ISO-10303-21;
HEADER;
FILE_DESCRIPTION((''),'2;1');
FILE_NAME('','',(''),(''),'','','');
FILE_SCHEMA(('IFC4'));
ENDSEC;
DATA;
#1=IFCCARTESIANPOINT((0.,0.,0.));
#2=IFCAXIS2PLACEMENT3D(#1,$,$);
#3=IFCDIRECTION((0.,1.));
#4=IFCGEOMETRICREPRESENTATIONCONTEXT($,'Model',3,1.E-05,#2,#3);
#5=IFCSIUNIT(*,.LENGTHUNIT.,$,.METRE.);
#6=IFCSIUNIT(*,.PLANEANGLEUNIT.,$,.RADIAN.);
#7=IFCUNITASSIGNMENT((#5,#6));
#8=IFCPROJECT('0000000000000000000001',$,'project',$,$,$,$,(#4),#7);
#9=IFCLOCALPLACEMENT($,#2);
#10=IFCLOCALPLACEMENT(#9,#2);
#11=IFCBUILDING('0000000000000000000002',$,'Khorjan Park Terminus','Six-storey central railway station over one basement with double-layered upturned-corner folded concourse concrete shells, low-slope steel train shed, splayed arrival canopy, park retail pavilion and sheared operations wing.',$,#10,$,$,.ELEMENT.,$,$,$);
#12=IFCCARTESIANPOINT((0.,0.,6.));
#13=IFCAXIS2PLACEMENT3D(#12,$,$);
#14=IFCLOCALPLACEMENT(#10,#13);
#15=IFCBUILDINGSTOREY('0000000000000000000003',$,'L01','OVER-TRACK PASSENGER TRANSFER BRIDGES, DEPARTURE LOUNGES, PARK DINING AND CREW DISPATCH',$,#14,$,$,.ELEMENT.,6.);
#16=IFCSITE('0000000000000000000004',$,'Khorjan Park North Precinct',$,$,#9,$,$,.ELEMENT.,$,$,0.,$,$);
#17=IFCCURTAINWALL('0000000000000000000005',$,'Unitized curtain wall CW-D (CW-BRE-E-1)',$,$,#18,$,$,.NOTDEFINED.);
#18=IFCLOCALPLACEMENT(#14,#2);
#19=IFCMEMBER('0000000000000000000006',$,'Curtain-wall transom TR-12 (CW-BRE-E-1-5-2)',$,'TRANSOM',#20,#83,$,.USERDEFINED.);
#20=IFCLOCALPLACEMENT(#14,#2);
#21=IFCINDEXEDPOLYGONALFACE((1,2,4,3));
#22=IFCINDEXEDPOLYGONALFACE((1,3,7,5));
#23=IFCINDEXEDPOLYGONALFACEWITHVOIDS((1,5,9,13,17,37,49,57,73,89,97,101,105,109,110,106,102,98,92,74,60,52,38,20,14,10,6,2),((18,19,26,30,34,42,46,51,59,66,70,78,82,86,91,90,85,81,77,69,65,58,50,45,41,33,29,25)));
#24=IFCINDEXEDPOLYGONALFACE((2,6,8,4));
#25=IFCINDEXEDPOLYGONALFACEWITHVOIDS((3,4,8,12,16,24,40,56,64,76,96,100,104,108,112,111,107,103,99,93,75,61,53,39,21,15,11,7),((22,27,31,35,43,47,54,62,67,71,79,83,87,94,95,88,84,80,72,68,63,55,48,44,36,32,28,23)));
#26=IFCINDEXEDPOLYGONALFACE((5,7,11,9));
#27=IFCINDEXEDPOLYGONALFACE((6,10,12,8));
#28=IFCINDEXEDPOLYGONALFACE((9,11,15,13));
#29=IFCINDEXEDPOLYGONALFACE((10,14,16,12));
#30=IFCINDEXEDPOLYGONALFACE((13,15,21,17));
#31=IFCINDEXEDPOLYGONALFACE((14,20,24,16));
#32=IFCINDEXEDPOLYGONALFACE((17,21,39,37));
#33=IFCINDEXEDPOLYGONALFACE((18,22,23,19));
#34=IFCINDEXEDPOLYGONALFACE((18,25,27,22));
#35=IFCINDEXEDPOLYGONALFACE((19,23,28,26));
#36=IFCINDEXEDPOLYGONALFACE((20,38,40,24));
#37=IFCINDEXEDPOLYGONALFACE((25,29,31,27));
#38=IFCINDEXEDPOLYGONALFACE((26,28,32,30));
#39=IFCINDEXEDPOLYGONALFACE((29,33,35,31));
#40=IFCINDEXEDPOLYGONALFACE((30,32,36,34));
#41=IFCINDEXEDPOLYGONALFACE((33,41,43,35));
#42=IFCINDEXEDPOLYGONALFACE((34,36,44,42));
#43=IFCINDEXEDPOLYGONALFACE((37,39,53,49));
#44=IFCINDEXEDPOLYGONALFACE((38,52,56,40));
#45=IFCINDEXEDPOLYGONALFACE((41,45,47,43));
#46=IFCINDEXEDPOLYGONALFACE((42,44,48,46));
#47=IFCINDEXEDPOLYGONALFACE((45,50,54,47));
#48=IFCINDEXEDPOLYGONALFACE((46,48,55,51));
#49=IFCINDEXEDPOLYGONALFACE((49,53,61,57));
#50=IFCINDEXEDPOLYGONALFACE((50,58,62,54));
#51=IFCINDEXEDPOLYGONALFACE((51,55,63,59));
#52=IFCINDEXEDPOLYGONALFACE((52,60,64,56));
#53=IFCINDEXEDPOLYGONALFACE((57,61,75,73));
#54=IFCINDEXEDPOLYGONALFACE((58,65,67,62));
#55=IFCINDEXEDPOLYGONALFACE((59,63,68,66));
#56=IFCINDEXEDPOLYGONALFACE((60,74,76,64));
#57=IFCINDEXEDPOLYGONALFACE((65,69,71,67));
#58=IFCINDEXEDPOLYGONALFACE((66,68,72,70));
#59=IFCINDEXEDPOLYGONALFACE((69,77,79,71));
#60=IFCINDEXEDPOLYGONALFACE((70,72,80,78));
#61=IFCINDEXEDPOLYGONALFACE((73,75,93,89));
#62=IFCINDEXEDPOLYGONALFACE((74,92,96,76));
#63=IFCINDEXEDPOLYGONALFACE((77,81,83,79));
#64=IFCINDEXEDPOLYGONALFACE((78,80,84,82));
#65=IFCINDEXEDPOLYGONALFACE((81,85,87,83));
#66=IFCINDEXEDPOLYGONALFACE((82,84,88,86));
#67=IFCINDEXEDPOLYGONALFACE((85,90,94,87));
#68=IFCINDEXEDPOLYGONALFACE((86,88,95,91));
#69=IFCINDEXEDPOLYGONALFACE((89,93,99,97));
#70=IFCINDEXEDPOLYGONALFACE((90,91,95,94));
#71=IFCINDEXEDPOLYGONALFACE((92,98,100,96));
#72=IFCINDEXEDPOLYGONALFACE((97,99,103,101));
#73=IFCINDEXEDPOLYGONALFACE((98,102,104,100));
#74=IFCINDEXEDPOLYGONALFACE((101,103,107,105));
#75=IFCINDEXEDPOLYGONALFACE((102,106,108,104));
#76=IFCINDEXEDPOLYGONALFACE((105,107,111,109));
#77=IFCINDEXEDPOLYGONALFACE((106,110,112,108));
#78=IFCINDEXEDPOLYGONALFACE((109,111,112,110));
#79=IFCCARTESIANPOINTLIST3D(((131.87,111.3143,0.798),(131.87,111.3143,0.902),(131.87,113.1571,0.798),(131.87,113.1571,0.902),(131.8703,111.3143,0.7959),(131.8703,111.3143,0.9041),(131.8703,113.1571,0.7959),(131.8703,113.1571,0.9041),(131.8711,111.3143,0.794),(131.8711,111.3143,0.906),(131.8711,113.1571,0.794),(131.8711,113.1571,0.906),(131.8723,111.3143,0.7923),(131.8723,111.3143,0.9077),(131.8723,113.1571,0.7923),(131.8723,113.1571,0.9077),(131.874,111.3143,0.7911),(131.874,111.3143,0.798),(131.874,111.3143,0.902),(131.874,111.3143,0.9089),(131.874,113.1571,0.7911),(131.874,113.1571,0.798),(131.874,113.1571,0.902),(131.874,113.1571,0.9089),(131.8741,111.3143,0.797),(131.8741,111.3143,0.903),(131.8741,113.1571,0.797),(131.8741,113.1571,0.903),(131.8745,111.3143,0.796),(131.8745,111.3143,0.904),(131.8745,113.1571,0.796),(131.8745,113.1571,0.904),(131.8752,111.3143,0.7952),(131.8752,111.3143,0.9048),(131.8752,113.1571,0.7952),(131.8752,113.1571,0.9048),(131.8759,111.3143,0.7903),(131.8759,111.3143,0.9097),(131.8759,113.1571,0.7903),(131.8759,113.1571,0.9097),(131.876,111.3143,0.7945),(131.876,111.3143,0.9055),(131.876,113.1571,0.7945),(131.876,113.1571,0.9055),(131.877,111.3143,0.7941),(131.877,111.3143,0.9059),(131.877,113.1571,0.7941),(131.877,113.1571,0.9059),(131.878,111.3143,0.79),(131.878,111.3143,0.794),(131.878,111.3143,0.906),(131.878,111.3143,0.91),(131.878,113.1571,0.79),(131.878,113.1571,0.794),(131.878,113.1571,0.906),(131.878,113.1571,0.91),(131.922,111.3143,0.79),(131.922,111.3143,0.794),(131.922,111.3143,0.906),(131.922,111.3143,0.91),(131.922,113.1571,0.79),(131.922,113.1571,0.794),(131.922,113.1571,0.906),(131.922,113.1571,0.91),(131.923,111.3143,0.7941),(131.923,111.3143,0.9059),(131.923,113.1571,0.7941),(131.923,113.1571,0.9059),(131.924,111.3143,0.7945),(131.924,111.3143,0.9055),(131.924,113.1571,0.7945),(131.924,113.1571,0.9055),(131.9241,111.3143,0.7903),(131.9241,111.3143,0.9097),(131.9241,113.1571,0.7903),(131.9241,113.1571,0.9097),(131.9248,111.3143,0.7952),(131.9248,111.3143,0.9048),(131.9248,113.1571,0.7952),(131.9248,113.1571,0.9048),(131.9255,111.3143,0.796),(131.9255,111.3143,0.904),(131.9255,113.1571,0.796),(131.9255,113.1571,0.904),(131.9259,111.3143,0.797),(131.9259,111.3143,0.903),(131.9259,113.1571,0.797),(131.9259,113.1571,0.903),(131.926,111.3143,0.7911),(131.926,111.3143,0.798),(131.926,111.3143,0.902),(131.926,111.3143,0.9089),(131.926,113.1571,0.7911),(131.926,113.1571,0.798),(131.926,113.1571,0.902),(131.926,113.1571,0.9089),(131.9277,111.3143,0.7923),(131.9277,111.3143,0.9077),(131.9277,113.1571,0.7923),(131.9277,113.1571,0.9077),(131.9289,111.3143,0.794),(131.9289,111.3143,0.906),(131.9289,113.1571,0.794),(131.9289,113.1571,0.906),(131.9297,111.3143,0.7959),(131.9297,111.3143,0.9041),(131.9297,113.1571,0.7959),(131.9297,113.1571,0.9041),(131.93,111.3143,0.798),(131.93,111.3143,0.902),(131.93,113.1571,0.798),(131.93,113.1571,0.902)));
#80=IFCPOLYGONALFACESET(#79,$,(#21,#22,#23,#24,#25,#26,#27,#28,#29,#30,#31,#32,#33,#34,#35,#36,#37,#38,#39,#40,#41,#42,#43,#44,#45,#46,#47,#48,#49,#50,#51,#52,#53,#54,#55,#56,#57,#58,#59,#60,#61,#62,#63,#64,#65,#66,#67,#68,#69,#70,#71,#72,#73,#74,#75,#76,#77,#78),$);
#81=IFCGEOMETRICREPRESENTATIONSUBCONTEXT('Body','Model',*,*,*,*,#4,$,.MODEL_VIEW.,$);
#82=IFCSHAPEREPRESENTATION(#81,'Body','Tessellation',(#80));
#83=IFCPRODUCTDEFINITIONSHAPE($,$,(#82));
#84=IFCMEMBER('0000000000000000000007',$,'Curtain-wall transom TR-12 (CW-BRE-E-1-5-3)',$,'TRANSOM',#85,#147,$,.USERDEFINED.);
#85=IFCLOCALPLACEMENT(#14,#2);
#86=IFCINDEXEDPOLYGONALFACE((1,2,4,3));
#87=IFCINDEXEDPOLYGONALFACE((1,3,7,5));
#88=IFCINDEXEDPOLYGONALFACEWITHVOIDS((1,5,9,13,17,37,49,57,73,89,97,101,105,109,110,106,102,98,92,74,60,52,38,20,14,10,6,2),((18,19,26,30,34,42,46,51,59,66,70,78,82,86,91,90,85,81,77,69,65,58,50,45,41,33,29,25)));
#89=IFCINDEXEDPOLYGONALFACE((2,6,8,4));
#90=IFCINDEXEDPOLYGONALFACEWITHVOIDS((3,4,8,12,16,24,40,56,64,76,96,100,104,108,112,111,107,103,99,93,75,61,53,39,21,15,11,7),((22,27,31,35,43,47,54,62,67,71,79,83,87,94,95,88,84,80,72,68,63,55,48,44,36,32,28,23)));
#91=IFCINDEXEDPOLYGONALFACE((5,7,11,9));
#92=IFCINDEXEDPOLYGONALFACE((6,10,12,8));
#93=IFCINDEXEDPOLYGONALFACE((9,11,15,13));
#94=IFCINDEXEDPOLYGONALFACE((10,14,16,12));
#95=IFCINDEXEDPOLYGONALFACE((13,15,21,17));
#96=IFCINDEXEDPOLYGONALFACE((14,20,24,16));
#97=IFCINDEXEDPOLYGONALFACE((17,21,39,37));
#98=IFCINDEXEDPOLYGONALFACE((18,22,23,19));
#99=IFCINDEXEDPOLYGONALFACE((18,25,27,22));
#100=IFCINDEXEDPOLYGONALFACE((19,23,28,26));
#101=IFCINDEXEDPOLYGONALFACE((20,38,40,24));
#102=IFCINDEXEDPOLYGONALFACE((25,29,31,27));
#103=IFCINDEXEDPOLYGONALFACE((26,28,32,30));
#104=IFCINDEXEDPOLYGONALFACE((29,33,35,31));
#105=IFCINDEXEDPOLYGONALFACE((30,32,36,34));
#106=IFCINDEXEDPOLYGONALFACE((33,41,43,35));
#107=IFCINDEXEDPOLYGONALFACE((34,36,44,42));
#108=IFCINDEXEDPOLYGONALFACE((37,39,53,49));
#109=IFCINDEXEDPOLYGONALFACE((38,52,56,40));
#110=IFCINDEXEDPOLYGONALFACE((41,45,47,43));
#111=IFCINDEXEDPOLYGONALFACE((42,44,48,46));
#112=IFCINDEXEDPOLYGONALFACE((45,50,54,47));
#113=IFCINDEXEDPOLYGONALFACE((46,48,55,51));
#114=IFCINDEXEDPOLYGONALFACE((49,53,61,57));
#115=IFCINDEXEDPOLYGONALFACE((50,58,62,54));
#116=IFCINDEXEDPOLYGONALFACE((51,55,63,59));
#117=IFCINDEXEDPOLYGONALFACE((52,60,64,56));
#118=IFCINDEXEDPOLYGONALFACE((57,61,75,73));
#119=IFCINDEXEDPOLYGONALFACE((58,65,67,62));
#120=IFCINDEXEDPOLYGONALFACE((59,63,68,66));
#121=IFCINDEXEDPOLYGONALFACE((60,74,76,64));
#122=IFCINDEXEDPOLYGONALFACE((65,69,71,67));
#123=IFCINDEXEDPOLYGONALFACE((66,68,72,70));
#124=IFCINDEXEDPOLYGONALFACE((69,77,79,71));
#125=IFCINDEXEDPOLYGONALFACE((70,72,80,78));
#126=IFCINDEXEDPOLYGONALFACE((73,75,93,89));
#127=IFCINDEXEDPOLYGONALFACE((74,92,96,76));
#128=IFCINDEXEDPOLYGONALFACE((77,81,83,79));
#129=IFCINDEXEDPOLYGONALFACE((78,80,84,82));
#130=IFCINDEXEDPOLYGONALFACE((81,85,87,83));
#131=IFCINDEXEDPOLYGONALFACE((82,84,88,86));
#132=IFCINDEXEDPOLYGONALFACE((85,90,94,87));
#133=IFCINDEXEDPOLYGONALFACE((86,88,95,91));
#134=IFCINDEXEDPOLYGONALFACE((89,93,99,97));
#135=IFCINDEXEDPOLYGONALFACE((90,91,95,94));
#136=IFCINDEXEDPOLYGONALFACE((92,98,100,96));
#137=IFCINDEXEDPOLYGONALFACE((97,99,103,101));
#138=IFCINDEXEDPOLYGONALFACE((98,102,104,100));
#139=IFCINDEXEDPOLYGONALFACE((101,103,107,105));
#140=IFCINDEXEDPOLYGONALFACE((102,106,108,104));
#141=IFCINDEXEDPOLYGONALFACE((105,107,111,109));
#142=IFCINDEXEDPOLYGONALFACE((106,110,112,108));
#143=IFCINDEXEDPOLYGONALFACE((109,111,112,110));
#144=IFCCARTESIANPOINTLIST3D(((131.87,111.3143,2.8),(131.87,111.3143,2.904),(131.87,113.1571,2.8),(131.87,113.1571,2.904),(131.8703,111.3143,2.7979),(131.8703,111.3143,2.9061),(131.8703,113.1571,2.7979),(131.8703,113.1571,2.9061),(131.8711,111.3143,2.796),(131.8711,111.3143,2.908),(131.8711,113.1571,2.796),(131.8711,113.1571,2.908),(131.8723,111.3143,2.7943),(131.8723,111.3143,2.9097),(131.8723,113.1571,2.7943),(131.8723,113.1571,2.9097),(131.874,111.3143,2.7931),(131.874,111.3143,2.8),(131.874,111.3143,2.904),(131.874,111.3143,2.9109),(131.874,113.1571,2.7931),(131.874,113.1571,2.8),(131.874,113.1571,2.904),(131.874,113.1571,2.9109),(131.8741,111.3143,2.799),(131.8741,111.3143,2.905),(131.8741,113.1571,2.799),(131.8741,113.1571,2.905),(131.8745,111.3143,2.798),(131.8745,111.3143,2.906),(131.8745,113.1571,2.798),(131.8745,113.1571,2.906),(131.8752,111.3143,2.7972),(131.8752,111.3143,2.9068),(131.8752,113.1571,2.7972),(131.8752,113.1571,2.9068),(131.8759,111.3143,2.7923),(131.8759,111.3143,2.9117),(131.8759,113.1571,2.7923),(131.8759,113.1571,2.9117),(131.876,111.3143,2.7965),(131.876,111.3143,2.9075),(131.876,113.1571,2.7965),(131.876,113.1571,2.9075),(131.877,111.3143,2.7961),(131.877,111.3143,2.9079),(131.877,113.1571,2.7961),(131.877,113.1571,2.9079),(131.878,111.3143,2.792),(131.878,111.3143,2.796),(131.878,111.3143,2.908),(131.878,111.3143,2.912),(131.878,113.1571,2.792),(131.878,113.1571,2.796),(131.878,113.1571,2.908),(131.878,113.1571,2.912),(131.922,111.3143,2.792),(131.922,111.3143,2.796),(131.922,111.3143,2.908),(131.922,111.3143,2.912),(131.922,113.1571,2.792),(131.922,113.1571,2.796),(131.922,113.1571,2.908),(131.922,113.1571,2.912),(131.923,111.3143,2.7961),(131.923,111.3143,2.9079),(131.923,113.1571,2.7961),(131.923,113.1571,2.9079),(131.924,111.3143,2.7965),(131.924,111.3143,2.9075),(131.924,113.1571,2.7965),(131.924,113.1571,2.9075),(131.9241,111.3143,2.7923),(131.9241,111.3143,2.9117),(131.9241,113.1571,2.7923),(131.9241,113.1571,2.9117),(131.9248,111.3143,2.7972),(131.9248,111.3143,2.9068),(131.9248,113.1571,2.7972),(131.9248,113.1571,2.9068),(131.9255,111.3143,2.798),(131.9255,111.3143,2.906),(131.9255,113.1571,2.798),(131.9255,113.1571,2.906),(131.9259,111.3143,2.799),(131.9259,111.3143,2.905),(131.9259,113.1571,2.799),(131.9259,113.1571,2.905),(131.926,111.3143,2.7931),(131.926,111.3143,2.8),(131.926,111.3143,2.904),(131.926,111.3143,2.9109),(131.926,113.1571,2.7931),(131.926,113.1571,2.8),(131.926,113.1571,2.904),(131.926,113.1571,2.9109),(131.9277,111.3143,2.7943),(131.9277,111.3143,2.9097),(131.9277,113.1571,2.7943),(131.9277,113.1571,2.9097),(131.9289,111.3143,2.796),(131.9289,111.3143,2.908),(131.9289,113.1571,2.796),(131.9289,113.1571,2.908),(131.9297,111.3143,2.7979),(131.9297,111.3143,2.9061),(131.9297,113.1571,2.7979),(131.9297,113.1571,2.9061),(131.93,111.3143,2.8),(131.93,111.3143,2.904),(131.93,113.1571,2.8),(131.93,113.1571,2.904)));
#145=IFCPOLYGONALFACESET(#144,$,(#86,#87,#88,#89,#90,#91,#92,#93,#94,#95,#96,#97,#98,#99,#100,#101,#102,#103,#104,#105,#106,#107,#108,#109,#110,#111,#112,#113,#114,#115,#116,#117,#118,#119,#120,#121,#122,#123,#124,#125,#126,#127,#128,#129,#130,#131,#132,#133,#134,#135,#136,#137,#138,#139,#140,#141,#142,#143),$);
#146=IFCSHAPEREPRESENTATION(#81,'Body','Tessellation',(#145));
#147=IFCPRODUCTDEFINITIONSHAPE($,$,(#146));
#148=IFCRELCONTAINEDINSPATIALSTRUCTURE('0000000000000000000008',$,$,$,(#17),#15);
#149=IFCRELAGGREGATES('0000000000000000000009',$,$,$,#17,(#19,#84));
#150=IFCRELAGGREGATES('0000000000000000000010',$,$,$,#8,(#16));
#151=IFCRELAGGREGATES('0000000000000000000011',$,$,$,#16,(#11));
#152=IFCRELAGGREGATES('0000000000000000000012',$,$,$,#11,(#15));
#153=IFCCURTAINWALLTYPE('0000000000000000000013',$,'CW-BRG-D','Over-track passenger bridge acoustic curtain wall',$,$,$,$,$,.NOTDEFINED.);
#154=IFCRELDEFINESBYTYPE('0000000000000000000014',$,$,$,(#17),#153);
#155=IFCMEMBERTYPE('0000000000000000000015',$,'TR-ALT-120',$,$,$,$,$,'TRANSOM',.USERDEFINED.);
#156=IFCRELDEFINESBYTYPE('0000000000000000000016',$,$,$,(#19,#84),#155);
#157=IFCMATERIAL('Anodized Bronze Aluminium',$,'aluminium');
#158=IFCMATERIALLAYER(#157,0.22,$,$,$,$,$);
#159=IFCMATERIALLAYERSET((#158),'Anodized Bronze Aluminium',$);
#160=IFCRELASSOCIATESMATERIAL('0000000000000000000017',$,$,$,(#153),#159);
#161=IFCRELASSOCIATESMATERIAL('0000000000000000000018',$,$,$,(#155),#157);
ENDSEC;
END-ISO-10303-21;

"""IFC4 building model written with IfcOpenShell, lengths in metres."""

from ifc_helpers import new_model, si_unit, direction, frame, origin, origin_2d, place, context, subcontext, project, spatial, hollow_rectangle, extrude, material, layer, layer_set, material_profile, profile_set, type_object, element, aggregate, save


model = new_model("IFC4")

# Units and contexts
model_context = context("Model", 3, precision=1e-05, world=origin(), true_north=direction((0.0, 1.0)))
body_context = subcontext(model_context, "Body", "Model", "MODEL_VIEW")
ifc_project = project(units=[si_unit("LENGTHUNIT", "METRE"), si_unit("PLANEANGLEUNIT", "RADIAN")], contexts=[model_context])

# Site, building, storey
site_placement = place(None, origin())
site = spatial("IfcSite", under=ifc_project, at=site_placement, Name="Khorjan Park North Precinct", CompositionType="ELEMENT", RefElevation=0.0)
building_placement = place(site_placement, origin())
building = spatial("IfcBuilding", under=site, at=building_placement, Name="Khorjan Park Terminus", Description="Six-storey central railway station over one basement with double-layered upturned-corner folded concourse concrete shells, low-slope steel train shed, splayed arrival canopy, park retail pavilion and sheared operations wing.", CompositionType="ELEMENT")
storey_placement = place(building_placement, frame((0.0, 0.0, 6.0)))
storey = spatial("IfcBuildingStorey", under=building, at=storey_placement, Name="L01", Description="OVER-TRACK PASSENGER TRANSFER BRIDGES, DEPARTURE LOUNGES, PARK DINING AND CREW DISPATCH", CompositionType="ELEMENT", Elevation=6.0)

# Curtain wall, members
ifc_material_1 = material(Name="Anodized Bronze Aluminium", Category="aluminium")
ifc_layer_1 = layer(ifc_material_1, 0.22)
ifc_layer_set_1 = layer_set([ifc_layer_1], Name="Anodized Bronze Aluminium")
curtain_wall_type = type_object("IfcCurtainWallType", Name="CW-BRG-D", Description="Over-track passenger bridge acoustic curtain wall", PredefinedType="NOTDEFINED", material=ifc_layer_set_1)
curtain_wall_1_placement = place(storey_placement, origin())
curtain_wall_1 = element("IfcCurtainWall", 1, at=curtain_wall_1_placement, inside=storey, type_object=curtain_wall_type, Name="Unitized curtain wall CW-D (CW-BRE-E-1)", PredefinedType="NOTDEFINED")
ifc_material_profile_1 = material_profile(ifc_material_1, hollow_rectangle(XDim=0.06, YDim=0.12, WallThickness=0.004, InnerFilletRadius=0.004, OuterFilletRadius=0.008, at=origin_2d()), Name="ALT 60x120x4")
ifc_profile_set_1 = profile_set([ifc_material_profile_1], Name="Anodized Bronze Aluminium")
member_type_1 = type_object("IfcMemberType", Name="TR-ALT-120", ElementType="TRANSOM", PredefinedType="USERDEFINED", material=ifc_profile_set_1)
member_1_placement = place(storey_placement, frame((131.9, 111.3143, 0.85), z_axis=(0.0, 1.0, 0.0), x_axis=(-1.0, 0.0, 0.0)))
member_1 = element("IfcMember", 2, at=member_1_placement, type_object=member_type_1, Name="Curtain-wall transom TR-12 (CW-BRE-E-1-5-2)", ObjectType="TRANSOM", PredefinedType="USERDEFINED", context=body_context, shape_type="SweptSolid", body=[
    extrude(hollow_rectangle(XDim=0.06, YDim=0.12, WallThickness=0.004, InnerFilletRadius=0.004, OuterFilletRadius=0.008, at=origin_2d()), origin(), (0.0, 0.0, 1.0), 1.8428),
])
member_2_placement = place(storey_placement, frame((131.9, 111.3143, 2.852), z_axis=(0.0, 1.0, 0.0), x_axis=(-1.0, 0.0, 0.0)))
member_2 = element("IfcMember", 3, at=member_2_placement, type_object=member_type_1, Name="Curtain-wall transom TR-12 (CW-BRE-E-1-5-3)", ObjectType="TRANSOM", PredefinedType="USERDEFINED", context=body_context, shape_type="SweptSolid", body=[
    extrude(hollow_rectangle(XDim=0.06, YDim=0.12, WallThickness=0.004, InnerFilletRadius=0.004, OuterFilletRadius=0.008, at=origin_2d()), origin(), (0.0, 0.0, 1.0), 1.8428),
])

aggregate(curtain_wall_1, [member_1, member_2])

save(model, "model.ifc")
